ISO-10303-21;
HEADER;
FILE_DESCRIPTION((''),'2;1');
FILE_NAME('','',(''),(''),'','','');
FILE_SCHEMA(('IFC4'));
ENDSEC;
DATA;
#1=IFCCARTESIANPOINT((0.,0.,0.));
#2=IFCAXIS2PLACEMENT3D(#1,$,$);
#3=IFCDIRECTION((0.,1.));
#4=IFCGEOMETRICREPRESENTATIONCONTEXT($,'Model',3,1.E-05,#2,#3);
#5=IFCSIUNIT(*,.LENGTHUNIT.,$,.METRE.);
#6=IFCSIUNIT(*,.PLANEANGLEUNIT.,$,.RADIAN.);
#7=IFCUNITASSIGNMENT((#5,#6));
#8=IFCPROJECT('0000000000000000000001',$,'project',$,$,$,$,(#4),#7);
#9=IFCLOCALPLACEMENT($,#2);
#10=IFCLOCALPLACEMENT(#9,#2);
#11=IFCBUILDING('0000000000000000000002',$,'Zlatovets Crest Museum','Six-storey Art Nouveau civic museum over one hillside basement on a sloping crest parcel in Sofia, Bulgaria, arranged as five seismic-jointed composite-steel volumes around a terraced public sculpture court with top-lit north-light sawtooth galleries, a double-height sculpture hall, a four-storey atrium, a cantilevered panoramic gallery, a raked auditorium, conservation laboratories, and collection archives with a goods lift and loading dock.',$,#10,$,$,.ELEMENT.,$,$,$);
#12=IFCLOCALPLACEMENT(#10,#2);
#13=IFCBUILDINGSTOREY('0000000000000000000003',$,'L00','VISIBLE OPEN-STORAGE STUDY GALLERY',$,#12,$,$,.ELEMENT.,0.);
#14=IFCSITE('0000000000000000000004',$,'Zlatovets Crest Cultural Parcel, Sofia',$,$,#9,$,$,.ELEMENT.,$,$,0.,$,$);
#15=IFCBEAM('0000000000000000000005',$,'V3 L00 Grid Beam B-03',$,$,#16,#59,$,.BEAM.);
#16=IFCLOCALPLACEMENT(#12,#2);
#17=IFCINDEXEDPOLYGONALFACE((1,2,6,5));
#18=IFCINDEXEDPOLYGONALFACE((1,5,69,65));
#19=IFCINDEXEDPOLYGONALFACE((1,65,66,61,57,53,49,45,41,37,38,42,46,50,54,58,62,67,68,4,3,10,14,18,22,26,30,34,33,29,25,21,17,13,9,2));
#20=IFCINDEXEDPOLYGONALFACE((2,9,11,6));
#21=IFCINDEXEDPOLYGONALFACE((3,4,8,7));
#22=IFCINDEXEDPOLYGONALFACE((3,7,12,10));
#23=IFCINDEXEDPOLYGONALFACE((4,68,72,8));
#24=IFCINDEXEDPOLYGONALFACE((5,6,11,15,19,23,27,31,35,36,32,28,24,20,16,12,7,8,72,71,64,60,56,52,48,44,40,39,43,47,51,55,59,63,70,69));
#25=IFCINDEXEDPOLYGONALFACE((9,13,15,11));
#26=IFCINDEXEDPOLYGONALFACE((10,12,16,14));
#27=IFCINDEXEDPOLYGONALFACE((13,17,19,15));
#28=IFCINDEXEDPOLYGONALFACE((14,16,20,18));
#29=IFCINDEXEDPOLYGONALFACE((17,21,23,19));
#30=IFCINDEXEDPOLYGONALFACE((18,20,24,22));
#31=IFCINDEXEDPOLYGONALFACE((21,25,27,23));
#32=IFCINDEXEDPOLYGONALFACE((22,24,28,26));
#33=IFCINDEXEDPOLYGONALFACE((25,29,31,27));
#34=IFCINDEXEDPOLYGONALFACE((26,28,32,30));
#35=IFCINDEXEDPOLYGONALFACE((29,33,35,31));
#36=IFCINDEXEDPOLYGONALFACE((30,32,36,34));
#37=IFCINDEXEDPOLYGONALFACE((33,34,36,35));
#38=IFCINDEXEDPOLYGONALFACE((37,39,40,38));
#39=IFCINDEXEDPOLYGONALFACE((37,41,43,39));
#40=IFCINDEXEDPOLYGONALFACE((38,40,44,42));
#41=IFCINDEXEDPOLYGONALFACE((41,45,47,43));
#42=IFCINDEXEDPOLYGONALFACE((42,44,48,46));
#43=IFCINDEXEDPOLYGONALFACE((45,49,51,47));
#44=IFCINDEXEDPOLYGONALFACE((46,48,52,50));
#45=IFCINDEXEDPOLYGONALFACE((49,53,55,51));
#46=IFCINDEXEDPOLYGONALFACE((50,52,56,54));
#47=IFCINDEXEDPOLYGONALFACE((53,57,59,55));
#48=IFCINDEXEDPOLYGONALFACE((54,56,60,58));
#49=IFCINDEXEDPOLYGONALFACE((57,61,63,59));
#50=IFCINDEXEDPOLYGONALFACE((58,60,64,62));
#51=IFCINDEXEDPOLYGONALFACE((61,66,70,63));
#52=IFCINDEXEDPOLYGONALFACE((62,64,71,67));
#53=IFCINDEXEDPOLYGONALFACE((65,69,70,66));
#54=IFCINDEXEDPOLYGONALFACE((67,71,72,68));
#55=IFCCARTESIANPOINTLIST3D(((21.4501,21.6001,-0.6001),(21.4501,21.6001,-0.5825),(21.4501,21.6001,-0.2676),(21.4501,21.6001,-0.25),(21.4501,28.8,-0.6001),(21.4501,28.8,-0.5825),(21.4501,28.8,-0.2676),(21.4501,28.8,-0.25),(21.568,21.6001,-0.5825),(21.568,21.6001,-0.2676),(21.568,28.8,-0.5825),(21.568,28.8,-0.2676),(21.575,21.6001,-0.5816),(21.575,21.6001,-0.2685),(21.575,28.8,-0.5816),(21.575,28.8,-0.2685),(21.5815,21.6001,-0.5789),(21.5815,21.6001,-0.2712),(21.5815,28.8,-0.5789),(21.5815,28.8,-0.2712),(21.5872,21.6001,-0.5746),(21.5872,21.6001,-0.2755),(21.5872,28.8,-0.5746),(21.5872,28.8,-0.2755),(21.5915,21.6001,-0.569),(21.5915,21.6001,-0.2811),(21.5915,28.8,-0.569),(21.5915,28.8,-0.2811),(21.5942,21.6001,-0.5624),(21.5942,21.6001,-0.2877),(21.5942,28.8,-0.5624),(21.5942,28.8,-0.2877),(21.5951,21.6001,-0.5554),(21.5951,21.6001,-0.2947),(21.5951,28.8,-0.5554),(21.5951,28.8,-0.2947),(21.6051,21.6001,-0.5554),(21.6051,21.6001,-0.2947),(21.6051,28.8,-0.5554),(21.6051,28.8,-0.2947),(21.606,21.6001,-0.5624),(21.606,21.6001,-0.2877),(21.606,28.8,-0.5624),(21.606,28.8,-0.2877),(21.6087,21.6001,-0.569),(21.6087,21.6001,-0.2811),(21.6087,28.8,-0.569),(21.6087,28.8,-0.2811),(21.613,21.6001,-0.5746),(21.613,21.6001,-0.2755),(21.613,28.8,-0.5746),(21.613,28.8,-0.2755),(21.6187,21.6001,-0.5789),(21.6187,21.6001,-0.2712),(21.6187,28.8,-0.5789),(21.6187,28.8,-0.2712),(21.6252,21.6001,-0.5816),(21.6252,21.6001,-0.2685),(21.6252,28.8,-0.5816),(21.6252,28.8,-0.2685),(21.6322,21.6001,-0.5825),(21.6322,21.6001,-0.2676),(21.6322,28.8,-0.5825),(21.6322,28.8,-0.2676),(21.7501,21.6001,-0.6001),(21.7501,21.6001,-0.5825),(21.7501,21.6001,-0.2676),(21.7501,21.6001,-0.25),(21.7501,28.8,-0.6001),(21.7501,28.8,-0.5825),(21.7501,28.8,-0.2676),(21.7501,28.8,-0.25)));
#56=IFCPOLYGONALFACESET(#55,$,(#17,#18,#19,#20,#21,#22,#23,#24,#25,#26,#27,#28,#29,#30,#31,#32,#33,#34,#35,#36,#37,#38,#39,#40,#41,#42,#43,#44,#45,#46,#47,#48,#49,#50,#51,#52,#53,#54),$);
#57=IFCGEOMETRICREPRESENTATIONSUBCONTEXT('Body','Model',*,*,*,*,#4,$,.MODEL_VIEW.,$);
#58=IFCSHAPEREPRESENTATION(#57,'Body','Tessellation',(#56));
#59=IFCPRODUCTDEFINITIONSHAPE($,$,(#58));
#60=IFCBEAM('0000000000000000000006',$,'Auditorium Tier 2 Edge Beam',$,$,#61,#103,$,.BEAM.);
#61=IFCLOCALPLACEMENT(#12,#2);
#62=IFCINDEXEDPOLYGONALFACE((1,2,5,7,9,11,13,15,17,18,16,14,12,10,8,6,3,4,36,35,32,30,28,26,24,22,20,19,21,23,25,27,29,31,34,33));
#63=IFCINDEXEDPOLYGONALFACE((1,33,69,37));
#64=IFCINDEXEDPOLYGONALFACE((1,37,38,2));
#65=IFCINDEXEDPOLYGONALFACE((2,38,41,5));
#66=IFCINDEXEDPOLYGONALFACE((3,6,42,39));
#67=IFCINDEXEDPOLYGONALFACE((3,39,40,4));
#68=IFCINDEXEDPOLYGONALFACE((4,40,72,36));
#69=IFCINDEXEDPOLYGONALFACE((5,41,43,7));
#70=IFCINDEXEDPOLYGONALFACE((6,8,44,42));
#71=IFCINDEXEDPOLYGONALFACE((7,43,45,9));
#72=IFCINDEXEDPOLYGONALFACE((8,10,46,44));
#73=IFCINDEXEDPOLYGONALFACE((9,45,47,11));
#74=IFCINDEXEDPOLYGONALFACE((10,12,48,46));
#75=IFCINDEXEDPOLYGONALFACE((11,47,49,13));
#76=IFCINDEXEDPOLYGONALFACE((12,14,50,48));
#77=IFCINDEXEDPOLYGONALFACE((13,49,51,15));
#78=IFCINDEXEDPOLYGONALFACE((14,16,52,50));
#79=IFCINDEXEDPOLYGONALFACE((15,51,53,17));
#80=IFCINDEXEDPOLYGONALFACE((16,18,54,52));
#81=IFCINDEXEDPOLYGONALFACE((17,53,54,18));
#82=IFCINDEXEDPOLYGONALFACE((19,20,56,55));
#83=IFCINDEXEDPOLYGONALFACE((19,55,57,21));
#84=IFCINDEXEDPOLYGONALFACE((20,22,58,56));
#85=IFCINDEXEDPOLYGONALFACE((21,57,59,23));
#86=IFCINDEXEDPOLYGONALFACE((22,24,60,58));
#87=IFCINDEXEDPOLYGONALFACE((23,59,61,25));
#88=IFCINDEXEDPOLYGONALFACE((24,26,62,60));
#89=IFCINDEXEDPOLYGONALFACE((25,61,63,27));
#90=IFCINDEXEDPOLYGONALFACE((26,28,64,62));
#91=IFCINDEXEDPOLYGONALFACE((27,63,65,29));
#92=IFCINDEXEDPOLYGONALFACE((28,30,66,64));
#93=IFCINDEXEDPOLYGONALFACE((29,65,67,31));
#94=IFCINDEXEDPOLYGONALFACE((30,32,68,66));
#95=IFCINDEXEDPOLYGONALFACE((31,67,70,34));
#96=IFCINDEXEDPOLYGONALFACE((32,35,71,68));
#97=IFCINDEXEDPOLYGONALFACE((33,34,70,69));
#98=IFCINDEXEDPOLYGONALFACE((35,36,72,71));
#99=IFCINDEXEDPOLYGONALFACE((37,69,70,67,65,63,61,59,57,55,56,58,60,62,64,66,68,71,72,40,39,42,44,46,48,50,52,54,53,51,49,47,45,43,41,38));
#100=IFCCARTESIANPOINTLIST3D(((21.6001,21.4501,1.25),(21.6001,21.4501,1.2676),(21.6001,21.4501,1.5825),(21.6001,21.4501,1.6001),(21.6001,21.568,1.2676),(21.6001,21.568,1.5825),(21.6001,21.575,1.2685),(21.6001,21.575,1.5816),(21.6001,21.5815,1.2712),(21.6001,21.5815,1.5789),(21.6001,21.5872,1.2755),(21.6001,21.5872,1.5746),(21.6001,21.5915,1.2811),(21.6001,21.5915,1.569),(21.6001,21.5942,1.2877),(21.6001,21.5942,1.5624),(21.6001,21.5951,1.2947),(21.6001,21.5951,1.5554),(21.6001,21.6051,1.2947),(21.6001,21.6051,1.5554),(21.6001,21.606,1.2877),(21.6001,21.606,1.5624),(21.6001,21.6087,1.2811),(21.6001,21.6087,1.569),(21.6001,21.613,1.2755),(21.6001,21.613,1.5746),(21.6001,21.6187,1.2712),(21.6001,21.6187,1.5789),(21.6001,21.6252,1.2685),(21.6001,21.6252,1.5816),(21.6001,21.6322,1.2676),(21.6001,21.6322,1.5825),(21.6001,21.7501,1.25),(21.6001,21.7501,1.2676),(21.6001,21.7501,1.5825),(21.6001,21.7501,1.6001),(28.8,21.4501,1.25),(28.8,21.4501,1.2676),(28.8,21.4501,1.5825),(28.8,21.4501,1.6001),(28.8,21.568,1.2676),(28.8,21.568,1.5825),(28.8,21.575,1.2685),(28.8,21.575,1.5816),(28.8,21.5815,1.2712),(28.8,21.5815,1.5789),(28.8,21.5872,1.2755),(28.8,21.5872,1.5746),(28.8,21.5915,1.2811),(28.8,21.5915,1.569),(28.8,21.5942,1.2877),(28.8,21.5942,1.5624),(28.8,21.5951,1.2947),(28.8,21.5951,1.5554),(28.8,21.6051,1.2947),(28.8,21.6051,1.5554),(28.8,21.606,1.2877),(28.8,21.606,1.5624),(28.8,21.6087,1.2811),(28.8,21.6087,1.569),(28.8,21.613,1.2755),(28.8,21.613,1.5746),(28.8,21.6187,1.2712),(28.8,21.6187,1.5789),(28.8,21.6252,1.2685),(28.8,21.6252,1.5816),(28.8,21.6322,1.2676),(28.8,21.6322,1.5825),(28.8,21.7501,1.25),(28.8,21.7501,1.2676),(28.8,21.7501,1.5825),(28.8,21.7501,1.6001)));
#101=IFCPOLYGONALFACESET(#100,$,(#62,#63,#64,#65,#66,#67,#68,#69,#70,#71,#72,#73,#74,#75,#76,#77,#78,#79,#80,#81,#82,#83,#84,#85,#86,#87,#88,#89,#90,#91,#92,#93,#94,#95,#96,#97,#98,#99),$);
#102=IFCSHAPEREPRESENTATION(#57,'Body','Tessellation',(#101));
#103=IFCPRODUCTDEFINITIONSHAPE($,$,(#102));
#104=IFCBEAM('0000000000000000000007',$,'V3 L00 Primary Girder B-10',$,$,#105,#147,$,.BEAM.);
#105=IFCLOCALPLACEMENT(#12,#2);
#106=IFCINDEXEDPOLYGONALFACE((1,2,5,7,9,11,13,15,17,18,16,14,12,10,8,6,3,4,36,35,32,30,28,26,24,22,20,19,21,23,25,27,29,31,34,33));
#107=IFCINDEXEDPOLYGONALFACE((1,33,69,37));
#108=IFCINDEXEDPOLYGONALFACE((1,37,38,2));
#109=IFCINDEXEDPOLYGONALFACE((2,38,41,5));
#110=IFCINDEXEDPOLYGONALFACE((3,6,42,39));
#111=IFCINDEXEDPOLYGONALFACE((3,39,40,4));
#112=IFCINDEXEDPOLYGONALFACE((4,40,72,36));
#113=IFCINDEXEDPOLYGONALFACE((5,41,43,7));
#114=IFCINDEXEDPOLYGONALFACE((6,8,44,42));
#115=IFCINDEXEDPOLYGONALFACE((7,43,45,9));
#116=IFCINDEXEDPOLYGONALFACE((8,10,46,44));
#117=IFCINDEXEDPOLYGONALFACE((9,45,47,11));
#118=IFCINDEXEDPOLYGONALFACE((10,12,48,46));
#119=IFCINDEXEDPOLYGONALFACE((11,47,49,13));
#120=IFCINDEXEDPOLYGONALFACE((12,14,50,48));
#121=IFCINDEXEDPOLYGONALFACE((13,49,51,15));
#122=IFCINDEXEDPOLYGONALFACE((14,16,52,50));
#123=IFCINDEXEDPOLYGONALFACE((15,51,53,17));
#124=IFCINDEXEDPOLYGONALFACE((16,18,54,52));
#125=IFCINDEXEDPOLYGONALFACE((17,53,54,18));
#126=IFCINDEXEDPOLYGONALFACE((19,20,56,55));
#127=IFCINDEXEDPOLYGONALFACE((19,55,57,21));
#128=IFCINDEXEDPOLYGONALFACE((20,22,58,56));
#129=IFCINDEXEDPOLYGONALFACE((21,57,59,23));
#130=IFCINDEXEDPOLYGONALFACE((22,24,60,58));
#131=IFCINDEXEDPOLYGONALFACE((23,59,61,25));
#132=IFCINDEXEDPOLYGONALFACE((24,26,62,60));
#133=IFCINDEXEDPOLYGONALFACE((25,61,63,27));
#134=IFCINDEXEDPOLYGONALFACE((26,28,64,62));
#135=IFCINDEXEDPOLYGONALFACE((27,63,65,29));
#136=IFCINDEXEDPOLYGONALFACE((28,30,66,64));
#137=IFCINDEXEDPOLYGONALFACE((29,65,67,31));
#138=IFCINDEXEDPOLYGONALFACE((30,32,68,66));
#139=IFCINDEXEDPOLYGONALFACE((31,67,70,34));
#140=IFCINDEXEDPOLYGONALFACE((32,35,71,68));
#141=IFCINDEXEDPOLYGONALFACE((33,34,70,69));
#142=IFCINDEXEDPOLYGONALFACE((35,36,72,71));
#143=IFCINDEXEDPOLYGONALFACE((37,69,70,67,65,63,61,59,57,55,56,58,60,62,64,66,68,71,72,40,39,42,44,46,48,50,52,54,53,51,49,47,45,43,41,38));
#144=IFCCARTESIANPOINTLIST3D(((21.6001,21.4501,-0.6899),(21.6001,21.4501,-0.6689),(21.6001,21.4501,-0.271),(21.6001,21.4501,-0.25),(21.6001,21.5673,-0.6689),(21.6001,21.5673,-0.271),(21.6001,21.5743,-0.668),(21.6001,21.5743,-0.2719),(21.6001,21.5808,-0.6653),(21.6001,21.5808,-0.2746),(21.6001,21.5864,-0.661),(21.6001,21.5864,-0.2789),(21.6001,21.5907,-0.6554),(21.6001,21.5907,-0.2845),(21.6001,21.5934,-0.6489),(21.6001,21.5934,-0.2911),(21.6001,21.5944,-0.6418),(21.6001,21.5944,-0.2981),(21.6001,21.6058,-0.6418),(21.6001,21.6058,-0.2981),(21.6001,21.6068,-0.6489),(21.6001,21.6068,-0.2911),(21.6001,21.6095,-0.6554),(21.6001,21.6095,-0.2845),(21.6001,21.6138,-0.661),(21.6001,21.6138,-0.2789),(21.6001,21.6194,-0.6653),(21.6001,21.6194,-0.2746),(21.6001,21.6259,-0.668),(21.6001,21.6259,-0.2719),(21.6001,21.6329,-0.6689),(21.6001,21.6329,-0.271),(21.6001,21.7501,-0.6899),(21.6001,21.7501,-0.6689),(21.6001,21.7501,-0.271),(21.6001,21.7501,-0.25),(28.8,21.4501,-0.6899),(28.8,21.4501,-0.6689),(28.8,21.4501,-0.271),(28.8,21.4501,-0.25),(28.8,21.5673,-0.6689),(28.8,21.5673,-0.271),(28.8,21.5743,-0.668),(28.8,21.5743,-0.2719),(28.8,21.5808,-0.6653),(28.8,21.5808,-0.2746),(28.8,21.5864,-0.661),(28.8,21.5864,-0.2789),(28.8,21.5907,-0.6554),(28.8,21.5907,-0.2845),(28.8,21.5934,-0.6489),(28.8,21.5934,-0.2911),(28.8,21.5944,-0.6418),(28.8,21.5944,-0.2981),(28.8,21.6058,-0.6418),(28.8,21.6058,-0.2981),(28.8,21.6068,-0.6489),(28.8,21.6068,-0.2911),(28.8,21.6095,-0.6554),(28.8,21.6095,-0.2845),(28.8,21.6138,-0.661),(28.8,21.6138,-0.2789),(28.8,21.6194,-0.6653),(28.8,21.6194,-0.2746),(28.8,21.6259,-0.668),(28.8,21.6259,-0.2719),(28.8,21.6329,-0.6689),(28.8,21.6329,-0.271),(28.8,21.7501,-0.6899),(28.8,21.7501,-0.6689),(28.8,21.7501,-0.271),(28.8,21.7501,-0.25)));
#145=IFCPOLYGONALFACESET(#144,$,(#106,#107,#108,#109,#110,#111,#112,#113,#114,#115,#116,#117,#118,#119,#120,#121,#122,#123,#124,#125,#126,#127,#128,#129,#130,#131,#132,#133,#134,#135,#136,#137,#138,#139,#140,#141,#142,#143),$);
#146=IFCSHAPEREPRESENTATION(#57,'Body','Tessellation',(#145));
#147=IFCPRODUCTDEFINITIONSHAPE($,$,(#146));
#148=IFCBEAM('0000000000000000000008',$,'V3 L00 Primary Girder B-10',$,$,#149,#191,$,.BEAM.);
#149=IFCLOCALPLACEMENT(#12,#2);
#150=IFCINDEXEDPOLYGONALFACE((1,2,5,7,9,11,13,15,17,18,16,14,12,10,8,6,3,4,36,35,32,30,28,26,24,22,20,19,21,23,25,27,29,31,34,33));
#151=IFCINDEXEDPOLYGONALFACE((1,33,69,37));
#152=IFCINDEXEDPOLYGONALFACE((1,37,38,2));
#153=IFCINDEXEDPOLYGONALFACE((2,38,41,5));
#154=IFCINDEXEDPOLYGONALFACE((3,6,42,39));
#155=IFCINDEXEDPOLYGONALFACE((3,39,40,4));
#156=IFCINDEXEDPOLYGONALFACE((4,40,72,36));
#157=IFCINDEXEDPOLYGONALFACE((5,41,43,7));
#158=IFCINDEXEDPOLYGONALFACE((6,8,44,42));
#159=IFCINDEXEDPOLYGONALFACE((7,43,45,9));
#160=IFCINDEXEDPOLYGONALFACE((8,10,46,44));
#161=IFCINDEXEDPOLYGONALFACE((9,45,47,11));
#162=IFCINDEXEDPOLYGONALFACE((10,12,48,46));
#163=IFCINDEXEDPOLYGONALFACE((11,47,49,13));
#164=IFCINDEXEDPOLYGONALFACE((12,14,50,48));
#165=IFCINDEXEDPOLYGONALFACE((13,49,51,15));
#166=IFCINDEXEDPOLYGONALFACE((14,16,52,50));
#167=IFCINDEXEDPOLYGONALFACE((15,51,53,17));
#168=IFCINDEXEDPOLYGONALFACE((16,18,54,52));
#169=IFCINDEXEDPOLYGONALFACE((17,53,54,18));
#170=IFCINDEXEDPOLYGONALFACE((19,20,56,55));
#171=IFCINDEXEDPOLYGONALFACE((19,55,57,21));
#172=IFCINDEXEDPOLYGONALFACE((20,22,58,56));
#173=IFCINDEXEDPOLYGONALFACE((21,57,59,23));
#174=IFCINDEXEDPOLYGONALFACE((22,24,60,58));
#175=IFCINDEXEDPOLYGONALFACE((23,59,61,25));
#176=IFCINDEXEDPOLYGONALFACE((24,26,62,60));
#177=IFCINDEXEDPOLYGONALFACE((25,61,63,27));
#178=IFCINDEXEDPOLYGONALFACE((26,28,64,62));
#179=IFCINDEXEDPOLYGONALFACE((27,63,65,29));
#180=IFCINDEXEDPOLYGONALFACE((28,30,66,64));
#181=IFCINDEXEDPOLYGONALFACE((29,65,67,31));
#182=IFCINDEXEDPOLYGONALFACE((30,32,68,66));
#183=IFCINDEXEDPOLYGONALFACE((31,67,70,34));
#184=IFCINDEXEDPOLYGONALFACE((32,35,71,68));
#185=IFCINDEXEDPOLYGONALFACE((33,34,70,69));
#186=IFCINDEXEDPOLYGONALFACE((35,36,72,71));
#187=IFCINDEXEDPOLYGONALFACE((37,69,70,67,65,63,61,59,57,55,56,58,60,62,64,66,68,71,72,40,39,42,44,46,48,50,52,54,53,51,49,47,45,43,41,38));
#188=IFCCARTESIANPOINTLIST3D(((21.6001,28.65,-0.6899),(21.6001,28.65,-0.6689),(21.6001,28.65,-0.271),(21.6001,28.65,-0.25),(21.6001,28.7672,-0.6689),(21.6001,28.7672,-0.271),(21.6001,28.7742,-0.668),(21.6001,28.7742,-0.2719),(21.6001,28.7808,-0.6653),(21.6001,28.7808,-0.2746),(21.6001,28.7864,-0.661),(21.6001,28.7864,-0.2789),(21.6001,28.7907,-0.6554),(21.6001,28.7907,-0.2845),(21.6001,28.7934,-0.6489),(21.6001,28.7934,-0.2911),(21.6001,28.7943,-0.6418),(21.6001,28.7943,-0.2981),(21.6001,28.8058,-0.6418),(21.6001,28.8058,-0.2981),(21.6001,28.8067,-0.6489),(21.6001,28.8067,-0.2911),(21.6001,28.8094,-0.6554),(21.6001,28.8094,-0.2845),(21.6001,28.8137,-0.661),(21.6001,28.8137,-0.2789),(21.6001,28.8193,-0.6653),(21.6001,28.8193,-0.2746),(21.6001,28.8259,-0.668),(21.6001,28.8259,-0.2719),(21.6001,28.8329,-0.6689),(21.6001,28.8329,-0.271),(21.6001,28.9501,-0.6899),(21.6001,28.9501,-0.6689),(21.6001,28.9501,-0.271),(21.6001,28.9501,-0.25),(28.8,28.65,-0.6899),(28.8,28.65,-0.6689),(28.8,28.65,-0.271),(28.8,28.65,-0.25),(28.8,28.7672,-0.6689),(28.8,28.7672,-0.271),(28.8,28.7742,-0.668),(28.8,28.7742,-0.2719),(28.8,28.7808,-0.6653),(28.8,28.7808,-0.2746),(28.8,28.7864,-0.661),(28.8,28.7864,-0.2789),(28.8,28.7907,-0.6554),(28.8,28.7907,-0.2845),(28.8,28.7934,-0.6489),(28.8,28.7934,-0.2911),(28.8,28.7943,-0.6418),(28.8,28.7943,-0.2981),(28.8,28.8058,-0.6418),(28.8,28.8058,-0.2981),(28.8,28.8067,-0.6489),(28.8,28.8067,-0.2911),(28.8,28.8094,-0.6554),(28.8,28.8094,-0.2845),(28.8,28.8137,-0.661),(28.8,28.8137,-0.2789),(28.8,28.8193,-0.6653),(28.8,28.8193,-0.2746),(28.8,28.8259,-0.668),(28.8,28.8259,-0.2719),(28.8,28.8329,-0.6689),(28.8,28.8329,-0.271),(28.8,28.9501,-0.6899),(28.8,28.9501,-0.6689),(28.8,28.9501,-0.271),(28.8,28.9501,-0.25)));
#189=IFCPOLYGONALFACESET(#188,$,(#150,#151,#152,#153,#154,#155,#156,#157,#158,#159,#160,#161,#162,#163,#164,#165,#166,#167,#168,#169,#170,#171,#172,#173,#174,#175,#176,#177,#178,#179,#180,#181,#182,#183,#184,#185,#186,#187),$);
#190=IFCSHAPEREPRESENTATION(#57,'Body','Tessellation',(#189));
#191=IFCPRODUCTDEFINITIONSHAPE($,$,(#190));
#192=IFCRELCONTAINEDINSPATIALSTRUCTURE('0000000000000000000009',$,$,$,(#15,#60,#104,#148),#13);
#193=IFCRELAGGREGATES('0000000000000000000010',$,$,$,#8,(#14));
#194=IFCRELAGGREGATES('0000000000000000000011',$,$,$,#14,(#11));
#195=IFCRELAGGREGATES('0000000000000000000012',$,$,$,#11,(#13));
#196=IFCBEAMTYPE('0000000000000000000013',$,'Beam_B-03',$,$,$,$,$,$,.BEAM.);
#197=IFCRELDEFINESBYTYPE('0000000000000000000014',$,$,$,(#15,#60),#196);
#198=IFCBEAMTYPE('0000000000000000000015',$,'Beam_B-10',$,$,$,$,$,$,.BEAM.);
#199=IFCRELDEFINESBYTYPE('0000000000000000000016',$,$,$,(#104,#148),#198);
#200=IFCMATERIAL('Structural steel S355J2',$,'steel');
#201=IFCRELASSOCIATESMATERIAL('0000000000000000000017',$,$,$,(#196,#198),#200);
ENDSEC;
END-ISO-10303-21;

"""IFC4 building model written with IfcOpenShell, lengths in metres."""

from ifc_helpers import new_model, si_unit, direction, frame, origin, origin_2d, place, context, subcontext, project, spatial, i_section, extrude, material, material_profile, profile_set, type_object, element, save


model = new_model("IFC4")

# Units and contexts
model_context = context("Model", 3, precision=1e-05, world=origin(), true_north=direction((0.0, 1.0)))
body_context = subcontext(model_context, "Body", "Model", "MODEL_VIEW")
ifc_project = project(units=[si_unit("LENGTHUNIT", "METRE"), si_unit("PLANEANGLEUNIT", "RADIAN")], contexts=[model_context])

# Site, building, storey
site_placement = place(None, origin())
site = spatial("IfcSite", under=ifc_project, at=site_placement, Name="Zlatovets Crest Cultural Parcel, Sofia", CompositionType="ELEMENT", RefElevation=0.0)
building_placement = place(site_placement, origin())
building = spatial("IfcBuilding", under=site, at=building_placement, Name="Zlatovets Crest Museum", Description="Six-storey Art Nouveau civic museum over one hillside basement on a sloping crest parcel in Sofia, Bulgaria, arranged as five seismic-jointed composite-steel volumes around a terraced public sculpture court with top-lit north-light sawtooth galleries, a double-height sculpture hall, a four-storey atrium, a cantilevered panoramic gallery, a raked auditorium, conservation laboratories, and collection archives with a goods lift and loading dock.", CompositionType="ELEMENT")
storey_placement = place(building_placement, origin())
storey = spatial("IfcBuildingStorey", under=building, at=storey_placement, Name="L00", Description="VISIBLE OPEN-STORAGE STUDY GALLERY", CompositionType="ELEMENT", Elevation=0.0)

# Shared definitions
ifc_material_1 = material(Name="Structural steel S355J2", Category="steel")

# Beams
ifc_material_profile_1 = material_profile(ifc_material_1, i_section(OverallWidth=0.3, OverallDepth=0.3501, WebThickness=0.01, FlangeThickness=0.0176, FilletRadius=0.0271, at=origin_2d()), Name="HEA 360")
ifc_profile_set_1 = profile_set([ifc_material_profile_1], Name="Structural steel S355J2")
beam_type_1 = type_object("IfcBeamType", Name="Beam_B-03", PredefinedType="BEAM", material=ifc_profile_set_1)
for number, where, z_axis, x_axis, name in (
    (1, (21.6001, 21.6001, -0.425), (0.0, 1.0, 0.0), (-1.0, 0.0, 0.0), "V3 L00 Grid Beam B-03"),
    (2, (21.6001, 21.6001, 1.425), (1.0, 0.0, 0.0), (0.0, 1.0, 0.0), "Auditorium Tier 2 Edge Beam"),
):
    element("IfcBeam", number, at=place(storey_placement, frame(where, z_axis=z_axis, x_axis=x_axis)), inside=storey, type_object=beam_type_1, Name=name, PredefinedType="BEAM", context=body_context, shape_type="SweptSolid", body=[
        extrude(i_section(OverallWidth=0.3, OverallDepth=0.3501, WebThickness=0.01, FlangeThickness=0.0176, FilletRadius=0.0271, at=origin_2d()), origin(), (0.0, 0.0, 1.0), 7.2),
    ])
ifc_material_profile_2 = material_profile(ifc_material_1, i_section(OverallWidth=0.3, OverallDepth=0.4399, WebThickness=0.0115, FlangeThickness=0.021, FilletRadius=0.0271, at=origin_2d()), Name="HEA 450")
ifc_profile_set_2 = profile_set([ifc_material_profile_2], Name="Structural steel S355J2")
beam_type_2 = type_object("IfcBeamType", Name="Beam_B-10", PredefinedType="BEAM", material=ifc_profile_set_2)
for number, where, z_axis, x_axis, name in (
    (3, (21.6001, 21.6001, -0.47), (1.0, 0.0, 0.0), (0.0, 1.0, 0.0), "V3 L00 Primary Girder B-10"),
    (4, (21.6001, 28.8, -0.47), (1.0, 0.0, 0.0), (0.0, 1.0, 0.0), "V3 L00 Primary Girder B-10"),
):
    element("IfcBeam", number, at=place(storey_placement, frame(where, z_axis=z_axis, x_axis=x_axis)), inside=storey, type_object=beam_type_2, Name=name, PredefinedType="BEAM", context=body_context, shape_type="SweptSolid", body=[
        extrude(i_section(OverallWidth=0.3, OverallDepth=0.4399, WebThickness=0.0115, FlangeThickness=0.021, FilletRadius=0.0271, at=origin_2d()), origin(), (0.0, 0.0, 1.0), 7.2),
    ])

save(model, "model.ifc")
